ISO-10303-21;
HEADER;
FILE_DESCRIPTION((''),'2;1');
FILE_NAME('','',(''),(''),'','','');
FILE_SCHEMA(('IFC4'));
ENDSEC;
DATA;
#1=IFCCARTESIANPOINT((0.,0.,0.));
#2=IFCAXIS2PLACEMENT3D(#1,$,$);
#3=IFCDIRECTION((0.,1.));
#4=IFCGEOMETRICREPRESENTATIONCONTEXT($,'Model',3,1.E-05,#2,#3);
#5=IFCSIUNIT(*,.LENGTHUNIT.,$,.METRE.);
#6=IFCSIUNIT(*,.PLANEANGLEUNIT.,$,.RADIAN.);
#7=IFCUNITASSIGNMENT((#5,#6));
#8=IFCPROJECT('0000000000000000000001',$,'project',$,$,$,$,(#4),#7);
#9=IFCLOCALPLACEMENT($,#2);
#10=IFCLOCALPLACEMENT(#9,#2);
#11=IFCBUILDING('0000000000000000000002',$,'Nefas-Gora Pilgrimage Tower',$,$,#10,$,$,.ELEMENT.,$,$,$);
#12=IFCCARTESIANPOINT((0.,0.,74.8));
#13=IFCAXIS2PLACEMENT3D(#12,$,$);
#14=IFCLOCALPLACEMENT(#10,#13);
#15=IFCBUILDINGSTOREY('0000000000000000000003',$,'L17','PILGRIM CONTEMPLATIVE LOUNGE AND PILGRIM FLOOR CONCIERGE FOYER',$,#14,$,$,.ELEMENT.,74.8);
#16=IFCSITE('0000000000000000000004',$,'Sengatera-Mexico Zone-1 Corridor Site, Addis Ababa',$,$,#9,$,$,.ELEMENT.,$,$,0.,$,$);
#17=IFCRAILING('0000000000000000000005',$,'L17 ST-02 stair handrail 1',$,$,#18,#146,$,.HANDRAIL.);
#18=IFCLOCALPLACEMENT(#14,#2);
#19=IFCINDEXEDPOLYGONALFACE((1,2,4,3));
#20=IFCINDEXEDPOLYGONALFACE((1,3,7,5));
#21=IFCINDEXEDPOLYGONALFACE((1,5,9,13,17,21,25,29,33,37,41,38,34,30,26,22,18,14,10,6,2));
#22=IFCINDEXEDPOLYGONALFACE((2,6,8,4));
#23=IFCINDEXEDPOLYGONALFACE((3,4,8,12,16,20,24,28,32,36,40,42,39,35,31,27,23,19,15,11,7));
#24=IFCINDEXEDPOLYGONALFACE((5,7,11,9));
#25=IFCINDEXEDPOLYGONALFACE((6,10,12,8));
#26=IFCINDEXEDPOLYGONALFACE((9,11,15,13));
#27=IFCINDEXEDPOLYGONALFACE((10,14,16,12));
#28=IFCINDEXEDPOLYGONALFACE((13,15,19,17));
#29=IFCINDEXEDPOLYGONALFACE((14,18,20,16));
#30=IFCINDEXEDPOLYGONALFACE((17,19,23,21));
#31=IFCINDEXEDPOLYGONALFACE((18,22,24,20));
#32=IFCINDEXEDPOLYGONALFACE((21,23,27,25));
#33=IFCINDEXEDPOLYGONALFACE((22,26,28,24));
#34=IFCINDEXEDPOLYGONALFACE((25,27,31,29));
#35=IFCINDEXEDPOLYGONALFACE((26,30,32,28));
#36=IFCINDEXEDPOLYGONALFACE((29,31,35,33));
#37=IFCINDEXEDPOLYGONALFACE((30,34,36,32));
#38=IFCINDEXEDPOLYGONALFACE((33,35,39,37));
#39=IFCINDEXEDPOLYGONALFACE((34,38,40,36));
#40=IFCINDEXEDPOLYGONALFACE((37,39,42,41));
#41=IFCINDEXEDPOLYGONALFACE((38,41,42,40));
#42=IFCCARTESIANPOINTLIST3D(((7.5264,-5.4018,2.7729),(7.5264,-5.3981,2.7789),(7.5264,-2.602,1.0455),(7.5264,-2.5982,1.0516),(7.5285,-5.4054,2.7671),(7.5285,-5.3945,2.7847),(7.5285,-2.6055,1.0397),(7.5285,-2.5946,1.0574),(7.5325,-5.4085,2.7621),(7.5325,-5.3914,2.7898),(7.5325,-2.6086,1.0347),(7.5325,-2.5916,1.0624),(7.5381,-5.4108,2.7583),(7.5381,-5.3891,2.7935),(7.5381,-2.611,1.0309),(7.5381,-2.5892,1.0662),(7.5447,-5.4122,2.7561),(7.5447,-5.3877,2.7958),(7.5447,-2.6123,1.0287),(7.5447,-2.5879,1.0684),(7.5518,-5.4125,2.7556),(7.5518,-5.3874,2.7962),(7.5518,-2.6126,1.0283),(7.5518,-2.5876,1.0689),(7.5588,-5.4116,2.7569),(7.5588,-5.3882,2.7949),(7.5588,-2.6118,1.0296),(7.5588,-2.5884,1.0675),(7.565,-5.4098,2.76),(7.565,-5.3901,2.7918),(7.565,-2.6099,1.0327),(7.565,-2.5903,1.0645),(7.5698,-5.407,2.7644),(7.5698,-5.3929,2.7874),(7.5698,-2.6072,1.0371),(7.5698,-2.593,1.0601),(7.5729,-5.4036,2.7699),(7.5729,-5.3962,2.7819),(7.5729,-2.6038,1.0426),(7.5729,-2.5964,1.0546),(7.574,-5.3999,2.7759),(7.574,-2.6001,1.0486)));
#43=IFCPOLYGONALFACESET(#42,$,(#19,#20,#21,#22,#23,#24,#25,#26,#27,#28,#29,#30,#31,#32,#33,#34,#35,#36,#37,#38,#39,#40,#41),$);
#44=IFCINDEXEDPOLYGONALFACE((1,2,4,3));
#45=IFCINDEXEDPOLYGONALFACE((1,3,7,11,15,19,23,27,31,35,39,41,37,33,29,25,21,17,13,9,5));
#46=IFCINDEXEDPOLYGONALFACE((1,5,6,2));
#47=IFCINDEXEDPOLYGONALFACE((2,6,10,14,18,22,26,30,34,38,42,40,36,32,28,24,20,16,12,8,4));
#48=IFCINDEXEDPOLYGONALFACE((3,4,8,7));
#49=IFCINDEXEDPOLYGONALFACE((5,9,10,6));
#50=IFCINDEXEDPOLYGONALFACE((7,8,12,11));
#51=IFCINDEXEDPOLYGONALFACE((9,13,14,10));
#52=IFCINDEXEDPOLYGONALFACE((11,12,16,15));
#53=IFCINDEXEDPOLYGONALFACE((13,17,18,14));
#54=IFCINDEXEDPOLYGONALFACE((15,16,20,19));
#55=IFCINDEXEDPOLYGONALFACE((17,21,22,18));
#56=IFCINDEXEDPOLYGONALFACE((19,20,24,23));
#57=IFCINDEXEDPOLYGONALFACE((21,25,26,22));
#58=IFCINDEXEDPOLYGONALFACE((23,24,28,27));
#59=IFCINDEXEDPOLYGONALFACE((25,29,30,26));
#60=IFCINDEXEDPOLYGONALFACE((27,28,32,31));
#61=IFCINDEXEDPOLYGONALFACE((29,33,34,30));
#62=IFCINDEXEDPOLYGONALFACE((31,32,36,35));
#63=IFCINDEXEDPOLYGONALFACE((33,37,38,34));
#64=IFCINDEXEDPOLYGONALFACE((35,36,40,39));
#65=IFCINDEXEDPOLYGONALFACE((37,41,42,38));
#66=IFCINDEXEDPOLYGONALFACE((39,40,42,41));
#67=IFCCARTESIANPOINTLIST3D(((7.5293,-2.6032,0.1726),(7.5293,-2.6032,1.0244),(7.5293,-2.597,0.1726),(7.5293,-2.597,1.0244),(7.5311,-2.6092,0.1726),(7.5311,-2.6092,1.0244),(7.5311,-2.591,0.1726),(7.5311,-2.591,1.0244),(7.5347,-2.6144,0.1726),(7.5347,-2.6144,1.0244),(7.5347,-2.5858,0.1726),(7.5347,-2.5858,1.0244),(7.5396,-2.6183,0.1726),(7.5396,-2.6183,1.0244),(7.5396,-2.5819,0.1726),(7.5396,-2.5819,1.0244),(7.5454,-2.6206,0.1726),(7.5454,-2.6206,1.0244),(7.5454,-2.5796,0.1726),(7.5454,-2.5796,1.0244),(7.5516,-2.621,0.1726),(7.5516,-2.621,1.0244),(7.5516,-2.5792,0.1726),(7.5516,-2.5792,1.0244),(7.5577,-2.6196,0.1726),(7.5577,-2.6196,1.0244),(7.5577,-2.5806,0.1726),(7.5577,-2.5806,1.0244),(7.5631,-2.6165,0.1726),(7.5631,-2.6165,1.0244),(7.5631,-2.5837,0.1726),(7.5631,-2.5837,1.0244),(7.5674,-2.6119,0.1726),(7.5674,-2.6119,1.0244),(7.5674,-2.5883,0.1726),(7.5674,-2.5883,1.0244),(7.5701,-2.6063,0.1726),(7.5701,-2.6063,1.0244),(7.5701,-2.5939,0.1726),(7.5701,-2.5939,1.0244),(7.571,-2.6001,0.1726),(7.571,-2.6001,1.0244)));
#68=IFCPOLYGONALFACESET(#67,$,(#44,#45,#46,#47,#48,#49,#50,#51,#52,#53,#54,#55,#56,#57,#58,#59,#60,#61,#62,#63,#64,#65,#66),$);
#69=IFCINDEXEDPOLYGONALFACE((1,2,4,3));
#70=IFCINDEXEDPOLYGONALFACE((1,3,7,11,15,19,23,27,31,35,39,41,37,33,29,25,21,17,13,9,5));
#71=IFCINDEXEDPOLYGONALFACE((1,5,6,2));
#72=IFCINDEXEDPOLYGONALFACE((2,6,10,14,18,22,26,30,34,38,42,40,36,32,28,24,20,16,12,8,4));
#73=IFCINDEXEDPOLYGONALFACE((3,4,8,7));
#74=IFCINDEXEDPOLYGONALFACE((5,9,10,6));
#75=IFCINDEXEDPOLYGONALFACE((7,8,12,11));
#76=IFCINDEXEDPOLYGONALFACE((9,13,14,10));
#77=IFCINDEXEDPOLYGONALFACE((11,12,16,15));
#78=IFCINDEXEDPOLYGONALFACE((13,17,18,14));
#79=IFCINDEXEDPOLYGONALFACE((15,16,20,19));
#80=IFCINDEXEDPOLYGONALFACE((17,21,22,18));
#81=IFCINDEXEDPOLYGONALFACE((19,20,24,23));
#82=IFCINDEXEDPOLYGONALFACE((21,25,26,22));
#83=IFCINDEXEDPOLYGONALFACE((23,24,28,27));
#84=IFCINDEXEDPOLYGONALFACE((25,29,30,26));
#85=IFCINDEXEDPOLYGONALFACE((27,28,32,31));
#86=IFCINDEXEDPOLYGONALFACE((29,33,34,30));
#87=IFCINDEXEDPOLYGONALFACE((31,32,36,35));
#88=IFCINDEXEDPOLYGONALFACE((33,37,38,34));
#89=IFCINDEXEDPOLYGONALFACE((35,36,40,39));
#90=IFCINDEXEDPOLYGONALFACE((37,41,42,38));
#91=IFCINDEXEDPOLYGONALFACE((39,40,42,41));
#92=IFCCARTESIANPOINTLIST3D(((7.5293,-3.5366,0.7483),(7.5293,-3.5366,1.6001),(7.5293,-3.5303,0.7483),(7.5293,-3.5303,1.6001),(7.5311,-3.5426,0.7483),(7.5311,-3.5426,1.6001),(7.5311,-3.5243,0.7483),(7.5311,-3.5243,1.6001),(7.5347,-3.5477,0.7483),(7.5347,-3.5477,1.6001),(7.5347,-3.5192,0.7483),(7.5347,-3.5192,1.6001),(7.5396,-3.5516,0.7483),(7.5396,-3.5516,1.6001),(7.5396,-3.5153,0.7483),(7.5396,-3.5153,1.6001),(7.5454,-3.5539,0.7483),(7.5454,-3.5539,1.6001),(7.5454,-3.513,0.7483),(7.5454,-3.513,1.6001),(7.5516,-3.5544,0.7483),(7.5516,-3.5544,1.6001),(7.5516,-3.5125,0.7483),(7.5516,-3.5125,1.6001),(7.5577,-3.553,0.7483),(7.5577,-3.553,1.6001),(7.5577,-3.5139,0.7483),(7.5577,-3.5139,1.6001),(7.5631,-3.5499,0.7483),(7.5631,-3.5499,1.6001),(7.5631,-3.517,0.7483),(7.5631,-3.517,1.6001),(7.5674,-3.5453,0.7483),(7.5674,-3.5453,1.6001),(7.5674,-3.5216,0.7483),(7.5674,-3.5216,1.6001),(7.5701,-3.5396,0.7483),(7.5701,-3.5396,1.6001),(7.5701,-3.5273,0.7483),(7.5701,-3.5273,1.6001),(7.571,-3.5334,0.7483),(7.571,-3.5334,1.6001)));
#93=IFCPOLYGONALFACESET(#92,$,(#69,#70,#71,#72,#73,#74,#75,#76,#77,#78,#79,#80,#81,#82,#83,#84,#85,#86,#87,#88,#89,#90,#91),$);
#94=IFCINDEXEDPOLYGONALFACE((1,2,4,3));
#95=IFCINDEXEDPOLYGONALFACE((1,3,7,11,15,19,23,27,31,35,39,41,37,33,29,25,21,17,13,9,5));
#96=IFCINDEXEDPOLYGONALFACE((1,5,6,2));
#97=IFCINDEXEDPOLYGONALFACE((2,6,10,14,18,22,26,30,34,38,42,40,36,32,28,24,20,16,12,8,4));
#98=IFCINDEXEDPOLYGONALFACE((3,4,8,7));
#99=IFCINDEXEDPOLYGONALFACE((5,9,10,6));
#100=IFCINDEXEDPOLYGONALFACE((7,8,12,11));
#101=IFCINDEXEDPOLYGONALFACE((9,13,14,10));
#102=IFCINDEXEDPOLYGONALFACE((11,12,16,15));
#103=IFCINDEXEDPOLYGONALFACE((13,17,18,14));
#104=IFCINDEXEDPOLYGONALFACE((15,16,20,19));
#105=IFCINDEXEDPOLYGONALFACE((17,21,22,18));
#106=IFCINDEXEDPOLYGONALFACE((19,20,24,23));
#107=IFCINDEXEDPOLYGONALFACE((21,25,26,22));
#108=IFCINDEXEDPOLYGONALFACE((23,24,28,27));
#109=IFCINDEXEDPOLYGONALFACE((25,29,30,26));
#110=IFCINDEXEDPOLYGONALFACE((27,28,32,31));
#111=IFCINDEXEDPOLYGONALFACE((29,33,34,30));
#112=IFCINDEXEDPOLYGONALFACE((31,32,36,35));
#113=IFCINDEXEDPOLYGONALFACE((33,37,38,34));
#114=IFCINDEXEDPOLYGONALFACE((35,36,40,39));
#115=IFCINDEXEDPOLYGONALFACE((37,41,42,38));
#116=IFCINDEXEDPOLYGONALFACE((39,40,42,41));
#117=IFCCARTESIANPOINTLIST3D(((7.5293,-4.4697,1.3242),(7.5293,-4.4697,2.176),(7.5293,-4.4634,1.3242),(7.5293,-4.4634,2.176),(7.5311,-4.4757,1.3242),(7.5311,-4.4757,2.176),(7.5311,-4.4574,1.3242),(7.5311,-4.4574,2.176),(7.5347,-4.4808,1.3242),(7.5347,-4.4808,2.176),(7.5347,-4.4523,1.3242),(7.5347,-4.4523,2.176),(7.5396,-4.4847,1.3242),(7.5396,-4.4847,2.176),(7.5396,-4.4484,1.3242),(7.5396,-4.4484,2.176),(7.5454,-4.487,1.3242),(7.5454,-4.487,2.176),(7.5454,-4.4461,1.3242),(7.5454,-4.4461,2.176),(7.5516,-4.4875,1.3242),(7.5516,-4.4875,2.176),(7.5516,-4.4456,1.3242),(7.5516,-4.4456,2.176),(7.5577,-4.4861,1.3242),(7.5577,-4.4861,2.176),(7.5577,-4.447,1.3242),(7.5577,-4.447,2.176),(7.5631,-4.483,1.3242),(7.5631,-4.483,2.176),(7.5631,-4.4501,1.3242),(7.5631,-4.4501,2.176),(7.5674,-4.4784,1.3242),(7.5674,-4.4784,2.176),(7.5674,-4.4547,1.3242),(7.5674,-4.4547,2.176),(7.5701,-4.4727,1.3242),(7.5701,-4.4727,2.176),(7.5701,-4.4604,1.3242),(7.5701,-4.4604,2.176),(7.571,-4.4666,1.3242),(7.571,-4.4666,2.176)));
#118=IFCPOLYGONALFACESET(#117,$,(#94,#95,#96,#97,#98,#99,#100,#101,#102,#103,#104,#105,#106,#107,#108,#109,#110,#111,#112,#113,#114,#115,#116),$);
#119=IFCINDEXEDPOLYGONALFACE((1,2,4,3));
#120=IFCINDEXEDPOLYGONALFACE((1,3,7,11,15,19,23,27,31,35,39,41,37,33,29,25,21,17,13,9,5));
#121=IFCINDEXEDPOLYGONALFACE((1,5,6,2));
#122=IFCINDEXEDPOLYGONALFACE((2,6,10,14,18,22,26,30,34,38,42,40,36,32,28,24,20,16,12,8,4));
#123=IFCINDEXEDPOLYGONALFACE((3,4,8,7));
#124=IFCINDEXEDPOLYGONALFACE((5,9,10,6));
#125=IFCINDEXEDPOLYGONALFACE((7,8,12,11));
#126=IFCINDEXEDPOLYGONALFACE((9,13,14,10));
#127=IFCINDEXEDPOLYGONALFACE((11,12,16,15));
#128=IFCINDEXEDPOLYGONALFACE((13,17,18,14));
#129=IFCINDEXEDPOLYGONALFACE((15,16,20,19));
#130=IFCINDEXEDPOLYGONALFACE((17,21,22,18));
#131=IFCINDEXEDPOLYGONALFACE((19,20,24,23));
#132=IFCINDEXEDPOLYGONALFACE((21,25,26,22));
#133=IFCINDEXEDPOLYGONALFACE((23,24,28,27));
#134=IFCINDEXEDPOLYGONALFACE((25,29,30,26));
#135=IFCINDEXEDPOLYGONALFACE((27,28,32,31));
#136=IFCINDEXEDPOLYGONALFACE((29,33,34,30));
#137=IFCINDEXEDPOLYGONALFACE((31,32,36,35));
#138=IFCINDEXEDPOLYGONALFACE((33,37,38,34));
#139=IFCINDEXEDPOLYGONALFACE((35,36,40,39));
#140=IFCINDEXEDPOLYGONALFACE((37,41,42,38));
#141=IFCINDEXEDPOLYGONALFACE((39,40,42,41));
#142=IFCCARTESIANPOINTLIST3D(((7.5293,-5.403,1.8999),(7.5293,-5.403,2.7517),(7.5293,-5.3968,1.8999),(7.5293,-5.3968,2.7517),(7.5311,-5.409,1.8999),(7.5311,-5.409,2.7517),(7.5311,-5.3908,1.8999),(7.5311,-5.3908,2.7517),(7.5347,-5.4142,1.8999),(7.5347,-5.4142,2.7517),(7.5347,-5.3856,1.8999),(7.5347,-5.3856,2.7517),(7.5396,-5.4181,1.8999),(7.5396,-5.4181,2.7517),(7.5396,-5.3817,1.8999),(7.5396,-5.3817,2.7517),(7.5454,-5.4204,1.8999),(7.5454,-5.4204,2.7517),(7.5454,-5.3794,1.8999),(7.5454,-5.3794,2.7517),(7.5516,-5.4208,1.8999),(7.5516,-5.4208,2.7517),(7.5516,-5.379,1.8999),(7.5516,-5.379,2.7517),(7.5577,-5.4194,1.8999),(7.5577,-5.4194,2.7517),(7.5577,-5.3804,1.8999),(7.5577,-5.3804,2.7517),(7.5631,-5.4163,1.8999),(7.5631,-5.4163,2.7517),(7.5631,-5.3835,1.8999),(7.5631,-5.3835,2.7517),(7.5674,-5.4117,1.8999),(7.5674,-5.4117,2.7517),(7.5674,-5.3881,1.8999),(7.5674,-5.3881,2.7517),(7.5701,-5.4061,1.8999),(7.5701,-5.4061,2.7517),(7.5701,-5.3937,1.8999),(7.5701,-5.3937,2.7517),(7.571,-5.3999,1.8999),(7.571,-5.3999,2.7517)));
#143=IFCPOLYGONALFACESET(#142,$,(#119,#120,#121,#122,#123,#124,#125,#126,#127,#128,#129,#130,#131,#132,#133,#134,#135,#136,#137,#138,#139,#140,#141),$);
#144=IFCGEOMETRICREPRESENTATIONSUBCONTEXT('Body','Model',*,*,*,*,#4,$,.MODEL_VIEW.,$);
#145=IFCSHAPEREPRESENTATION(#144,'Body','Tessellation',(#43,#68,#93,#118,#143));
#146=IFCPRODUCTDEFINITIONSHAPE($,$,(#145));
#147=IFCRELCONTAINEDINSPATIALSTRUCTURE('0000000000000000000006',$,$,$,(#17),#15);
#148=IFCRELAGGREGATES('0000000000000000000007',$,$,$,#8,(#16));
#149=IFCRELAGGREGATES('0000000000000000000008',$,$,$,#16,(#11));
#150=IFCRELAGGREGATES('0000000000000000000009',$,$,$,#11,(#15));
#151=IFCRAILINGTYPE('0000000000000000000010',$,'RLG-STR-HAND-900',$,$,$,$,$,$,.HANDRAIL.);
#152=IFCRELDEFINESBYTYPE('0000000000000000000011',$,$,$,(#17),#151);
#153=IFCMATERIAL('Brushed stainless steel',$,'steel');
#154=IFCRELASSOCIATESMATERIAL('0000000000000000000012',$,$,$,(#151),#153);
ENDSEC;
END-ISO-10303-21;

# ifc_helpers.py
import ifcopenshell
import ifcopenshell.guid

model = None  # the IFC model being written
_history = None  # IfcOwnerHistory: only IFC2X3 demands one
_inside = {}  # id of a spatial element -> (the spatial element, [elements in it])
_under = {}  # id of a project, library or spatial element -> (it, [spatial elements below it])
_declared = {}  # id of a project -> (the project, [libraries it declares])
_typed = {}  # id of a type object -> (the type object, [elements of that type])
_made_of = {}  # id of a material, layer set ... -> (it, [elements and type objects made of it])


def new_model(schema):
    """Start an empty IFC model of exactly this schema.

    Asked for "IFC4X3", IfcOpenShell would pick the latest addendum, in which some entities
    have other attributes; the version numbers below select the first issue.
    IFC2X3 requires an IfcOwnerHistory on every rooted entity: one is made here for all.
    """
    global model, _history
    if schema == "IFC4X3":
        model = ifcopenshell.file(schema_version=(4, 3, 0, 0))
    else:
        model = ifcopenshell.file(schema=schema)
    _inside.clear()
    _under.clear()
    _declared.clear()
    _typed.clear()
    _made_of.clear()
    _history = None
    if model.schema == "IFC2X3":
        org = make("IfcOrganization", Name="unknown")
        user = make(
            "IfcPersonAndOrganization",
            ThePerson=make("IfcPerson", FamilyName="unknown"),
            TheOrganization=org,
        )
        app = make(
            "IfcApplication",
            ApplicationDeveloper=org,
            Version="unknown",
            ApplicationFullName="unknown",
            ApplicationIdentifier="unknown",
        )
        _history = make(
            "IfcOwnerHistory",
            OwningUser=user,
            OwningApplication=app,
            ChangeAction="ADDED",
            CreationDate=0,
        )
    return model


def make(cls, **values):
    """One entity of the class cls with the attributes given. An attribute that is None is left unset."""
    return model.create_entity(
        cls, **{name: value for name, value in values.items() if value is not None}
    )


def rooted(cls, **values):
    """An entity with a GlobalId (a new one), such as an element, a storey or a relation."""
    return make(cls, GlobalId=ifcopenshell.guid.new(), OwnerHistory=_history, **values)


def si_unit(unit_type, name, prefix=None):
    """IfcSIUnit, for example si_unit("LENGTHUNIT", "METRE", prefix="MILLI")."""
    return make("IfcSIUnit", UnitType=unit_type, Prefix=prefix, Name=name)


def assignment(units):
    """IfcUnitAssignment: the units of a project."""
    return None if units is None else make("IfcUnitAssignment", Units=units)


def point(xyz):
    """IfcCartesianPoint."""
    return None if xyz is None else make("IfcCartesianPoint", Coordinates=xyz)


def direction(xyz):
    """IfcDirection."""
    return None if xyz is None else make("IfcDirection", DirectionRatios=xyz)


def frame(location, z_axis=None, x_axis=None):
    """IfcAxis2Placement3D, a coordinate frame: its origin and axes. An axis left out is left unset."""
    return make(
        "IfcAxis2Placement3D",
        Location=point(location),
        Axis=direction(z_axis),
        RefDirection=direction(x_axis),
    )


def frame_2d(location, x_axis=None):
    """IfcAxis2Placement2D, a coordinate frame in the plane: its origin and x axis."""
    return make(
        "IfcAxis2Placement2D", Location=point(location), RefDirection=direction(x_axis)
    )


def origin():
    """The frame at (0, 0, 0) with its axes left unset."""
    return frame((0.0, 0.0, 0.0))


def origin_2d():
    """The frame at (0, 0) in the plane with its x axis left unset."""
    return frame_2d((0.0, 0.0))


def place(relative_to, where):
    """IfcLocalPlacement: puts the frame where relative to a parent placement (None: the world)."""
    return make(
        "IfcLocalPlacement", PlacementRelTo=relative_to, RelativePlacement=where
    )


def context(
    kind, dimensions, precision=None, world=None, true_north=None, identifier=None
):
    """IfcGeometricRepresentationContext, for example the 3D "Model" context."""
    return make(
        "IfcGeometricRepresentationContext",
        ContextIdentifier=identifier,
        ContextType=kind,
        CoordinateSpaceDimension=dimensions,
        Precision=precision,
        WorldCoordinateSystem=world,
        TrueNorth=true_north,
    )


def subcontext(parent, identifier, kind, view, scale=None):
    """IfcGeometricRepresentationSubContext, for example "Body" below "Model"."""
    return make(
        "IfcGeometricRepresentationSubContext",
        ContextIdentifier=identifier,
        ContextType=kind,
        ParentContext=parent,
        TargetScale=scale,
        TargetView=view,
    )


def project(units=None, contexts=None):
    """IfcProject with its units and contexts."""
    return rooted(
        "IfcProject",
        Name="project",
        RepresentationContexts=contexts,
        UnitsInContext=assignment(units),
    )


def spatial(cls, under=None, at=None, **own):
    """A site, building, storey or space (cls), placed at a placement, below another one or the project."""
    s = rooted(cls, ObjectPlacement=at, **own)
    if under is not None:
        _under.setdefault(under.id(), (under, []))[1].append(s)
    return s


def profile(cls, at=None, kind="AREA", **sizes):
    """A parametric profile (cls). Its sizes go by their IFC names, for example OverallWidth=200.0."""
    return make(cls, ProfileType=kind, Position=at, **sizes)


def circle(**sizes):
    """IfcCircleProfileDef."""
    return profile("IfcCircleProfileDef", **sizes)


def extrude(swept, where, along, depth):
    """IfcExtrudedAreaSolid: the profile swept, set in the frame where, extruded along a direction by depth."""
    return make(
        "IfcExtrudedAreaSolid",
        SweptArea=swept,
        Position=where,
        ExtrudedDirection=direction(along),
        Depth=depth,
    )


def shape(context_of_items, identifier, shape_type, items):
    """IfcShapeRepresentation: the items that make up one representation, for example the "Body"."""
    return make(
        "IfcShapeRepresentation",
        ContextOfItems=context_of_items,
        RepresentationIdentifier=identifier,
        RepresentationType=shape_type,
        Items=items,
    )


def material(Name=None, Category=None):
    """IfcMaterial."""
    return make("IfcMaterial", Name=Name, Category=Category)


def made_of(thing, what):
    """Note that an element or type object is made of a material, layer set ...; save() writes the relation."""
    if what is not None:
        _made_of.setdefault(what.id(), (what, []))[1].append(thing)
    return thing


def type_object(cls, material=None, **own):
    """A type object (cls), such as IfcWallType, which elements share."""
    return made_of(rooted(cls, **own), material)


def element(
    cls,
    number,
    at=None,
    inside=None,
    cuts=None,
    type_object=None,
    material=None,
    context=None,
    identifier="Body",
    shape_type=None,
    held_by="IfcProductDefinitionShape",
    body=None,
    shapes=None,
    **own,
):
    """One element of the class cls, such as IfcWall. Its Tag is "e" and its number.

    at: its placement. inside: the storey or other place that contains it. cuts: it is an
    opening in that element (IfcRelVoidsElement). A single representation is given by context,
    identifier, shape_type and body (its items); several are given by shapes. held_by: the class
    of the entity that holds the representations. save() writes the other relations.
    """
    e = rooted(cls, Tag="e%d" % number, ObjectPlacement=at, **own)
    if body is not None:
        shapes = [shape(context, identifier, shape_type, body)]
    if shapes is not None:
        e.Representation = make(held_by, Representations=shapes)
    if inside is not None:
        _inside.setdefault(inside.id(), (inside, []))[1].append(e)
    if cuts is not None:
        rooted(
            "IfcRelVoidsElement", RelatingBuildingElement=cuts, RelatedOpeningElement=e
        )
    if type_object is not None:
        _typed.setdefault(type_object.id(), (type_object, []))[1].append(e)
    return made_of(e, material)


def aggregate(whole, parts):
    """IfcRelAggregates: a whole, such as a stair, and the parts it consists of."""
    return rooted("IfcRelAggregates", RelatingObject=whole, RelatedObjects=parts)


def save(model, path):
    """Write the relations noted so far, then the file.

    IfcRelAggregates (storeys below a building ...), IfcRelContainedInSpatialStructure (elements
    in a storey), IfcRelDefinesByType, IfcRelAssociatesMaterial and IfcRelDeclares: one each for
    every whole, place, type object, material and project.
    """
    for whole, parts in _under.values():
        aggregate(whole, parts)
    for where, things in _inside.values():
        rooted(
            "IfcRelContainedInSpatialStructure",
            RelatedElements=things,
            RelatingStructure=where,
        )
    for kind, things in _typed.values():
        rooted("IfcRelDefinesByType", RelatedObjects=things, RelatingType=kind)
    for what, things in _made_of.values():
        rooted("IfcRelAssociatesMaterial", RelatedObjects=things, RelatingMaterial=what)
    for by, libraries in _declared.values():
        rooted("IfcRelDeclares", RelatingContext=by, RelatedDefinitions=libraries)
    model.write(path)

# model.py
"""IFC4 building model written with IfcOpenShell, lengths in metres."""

from ifc_helpers import new_model, si_unit, direction, frame, origin, origin_2d, place, context, subcontext, project, spatial, circle, extrude, material, type_object, element, save


model = new_model("IFC4")

# Units and contexts
model_context = context("Model", 3, precision=1e-05, world=origin(), true_north=direction((0.0, 1.0)))
body_context = subcontext(model_context, "Body", "Model", "MODEL_VIEW")
ifc_project = project(units=[si_unit("LENGTHUNIT", "METRE"), si_unit("PLANEANGLEUNIT", "RADIAN")], contexts=[model_context])

# Site, building, storey
site_placement = place(None, origin())
site = spatial("IfcSite", under=ifc_project, at=site_placement, Name="Sengatera-Mexico Zone-1 Corridor Site, Addis Ababa", CompositionType="ELEMENT", RefElevation=0.0)
building_placement = place(site_placement, origin())
building = spatial("IfcBuilding", under=site, at=building_placement, Name="Nefas-Gora Pilgrimage Tower", CompositionType="ELEMENT")
storey_placement = place(building_placement, frame((0.0, 0.0, 74.8)))
storey = spatial("IfcBuildingStorey", under=building, at=storey_placement, Name="L17", Description="PILGRIM CONTEMPLATIVE LOUNGE AND PILGRIM FLOOR CONCIERGE FOYER", CompositionType="ELEMENT", Elevation=74.8)

# Railing
ifc_material_1 = material(Name="Brushed stainless steel", Category="steel")
railing_type_1 = type_object("IfcRailingType", Name="RLG-STR-HAND-900", PredefinedType="HANDRAIL", material=ifc_material_1)
railing_1_placement = place(storey_placement, frame((7.55, -2.6001, 0.1726)))
element("IfcRailing", 1, at=railing_1_placement, inside=storey, type_object=railing_type_1, Name="L17 ST-02 stair handrail 1", PredefinedType="HANDRAIL", context=body_context, shape_type="SweptSolid", body=[
    extrude(circle(Radius=0.0239, at=origin_2d()), frame((0.0, 0.0, 0.876), z_axis=(0.0, -0.851069, 0.525054), x_axis=(1.0, 0.0, 0.0)), (0.0, 0.0, 1.0), 3.2898),
    extrude(circle(Radius=0.021, at=origin_2d()), origin(), (0.0, 0.0, 1.0), 0.8518),
    extrude(circle(Radius=0.021, at=origin_2d()), frame((0.0, -0.9333, 0.5757)), (0.0, 0.0, 1.0), 0.8518),
    extrude(circle(Radius=0.021, at=origin_2d()), frame((0.0, -1.8665, 1.1516)), (0.0, 0.0, 1.0), 0.8518),
    extrude(circle(Radius=0.021, at=origin_2d()), frame((0.0, -2.7998, 1.7273)), (0.0, 0.0, 1.0), 0.8518),
])

save(model, "model.ifc")
